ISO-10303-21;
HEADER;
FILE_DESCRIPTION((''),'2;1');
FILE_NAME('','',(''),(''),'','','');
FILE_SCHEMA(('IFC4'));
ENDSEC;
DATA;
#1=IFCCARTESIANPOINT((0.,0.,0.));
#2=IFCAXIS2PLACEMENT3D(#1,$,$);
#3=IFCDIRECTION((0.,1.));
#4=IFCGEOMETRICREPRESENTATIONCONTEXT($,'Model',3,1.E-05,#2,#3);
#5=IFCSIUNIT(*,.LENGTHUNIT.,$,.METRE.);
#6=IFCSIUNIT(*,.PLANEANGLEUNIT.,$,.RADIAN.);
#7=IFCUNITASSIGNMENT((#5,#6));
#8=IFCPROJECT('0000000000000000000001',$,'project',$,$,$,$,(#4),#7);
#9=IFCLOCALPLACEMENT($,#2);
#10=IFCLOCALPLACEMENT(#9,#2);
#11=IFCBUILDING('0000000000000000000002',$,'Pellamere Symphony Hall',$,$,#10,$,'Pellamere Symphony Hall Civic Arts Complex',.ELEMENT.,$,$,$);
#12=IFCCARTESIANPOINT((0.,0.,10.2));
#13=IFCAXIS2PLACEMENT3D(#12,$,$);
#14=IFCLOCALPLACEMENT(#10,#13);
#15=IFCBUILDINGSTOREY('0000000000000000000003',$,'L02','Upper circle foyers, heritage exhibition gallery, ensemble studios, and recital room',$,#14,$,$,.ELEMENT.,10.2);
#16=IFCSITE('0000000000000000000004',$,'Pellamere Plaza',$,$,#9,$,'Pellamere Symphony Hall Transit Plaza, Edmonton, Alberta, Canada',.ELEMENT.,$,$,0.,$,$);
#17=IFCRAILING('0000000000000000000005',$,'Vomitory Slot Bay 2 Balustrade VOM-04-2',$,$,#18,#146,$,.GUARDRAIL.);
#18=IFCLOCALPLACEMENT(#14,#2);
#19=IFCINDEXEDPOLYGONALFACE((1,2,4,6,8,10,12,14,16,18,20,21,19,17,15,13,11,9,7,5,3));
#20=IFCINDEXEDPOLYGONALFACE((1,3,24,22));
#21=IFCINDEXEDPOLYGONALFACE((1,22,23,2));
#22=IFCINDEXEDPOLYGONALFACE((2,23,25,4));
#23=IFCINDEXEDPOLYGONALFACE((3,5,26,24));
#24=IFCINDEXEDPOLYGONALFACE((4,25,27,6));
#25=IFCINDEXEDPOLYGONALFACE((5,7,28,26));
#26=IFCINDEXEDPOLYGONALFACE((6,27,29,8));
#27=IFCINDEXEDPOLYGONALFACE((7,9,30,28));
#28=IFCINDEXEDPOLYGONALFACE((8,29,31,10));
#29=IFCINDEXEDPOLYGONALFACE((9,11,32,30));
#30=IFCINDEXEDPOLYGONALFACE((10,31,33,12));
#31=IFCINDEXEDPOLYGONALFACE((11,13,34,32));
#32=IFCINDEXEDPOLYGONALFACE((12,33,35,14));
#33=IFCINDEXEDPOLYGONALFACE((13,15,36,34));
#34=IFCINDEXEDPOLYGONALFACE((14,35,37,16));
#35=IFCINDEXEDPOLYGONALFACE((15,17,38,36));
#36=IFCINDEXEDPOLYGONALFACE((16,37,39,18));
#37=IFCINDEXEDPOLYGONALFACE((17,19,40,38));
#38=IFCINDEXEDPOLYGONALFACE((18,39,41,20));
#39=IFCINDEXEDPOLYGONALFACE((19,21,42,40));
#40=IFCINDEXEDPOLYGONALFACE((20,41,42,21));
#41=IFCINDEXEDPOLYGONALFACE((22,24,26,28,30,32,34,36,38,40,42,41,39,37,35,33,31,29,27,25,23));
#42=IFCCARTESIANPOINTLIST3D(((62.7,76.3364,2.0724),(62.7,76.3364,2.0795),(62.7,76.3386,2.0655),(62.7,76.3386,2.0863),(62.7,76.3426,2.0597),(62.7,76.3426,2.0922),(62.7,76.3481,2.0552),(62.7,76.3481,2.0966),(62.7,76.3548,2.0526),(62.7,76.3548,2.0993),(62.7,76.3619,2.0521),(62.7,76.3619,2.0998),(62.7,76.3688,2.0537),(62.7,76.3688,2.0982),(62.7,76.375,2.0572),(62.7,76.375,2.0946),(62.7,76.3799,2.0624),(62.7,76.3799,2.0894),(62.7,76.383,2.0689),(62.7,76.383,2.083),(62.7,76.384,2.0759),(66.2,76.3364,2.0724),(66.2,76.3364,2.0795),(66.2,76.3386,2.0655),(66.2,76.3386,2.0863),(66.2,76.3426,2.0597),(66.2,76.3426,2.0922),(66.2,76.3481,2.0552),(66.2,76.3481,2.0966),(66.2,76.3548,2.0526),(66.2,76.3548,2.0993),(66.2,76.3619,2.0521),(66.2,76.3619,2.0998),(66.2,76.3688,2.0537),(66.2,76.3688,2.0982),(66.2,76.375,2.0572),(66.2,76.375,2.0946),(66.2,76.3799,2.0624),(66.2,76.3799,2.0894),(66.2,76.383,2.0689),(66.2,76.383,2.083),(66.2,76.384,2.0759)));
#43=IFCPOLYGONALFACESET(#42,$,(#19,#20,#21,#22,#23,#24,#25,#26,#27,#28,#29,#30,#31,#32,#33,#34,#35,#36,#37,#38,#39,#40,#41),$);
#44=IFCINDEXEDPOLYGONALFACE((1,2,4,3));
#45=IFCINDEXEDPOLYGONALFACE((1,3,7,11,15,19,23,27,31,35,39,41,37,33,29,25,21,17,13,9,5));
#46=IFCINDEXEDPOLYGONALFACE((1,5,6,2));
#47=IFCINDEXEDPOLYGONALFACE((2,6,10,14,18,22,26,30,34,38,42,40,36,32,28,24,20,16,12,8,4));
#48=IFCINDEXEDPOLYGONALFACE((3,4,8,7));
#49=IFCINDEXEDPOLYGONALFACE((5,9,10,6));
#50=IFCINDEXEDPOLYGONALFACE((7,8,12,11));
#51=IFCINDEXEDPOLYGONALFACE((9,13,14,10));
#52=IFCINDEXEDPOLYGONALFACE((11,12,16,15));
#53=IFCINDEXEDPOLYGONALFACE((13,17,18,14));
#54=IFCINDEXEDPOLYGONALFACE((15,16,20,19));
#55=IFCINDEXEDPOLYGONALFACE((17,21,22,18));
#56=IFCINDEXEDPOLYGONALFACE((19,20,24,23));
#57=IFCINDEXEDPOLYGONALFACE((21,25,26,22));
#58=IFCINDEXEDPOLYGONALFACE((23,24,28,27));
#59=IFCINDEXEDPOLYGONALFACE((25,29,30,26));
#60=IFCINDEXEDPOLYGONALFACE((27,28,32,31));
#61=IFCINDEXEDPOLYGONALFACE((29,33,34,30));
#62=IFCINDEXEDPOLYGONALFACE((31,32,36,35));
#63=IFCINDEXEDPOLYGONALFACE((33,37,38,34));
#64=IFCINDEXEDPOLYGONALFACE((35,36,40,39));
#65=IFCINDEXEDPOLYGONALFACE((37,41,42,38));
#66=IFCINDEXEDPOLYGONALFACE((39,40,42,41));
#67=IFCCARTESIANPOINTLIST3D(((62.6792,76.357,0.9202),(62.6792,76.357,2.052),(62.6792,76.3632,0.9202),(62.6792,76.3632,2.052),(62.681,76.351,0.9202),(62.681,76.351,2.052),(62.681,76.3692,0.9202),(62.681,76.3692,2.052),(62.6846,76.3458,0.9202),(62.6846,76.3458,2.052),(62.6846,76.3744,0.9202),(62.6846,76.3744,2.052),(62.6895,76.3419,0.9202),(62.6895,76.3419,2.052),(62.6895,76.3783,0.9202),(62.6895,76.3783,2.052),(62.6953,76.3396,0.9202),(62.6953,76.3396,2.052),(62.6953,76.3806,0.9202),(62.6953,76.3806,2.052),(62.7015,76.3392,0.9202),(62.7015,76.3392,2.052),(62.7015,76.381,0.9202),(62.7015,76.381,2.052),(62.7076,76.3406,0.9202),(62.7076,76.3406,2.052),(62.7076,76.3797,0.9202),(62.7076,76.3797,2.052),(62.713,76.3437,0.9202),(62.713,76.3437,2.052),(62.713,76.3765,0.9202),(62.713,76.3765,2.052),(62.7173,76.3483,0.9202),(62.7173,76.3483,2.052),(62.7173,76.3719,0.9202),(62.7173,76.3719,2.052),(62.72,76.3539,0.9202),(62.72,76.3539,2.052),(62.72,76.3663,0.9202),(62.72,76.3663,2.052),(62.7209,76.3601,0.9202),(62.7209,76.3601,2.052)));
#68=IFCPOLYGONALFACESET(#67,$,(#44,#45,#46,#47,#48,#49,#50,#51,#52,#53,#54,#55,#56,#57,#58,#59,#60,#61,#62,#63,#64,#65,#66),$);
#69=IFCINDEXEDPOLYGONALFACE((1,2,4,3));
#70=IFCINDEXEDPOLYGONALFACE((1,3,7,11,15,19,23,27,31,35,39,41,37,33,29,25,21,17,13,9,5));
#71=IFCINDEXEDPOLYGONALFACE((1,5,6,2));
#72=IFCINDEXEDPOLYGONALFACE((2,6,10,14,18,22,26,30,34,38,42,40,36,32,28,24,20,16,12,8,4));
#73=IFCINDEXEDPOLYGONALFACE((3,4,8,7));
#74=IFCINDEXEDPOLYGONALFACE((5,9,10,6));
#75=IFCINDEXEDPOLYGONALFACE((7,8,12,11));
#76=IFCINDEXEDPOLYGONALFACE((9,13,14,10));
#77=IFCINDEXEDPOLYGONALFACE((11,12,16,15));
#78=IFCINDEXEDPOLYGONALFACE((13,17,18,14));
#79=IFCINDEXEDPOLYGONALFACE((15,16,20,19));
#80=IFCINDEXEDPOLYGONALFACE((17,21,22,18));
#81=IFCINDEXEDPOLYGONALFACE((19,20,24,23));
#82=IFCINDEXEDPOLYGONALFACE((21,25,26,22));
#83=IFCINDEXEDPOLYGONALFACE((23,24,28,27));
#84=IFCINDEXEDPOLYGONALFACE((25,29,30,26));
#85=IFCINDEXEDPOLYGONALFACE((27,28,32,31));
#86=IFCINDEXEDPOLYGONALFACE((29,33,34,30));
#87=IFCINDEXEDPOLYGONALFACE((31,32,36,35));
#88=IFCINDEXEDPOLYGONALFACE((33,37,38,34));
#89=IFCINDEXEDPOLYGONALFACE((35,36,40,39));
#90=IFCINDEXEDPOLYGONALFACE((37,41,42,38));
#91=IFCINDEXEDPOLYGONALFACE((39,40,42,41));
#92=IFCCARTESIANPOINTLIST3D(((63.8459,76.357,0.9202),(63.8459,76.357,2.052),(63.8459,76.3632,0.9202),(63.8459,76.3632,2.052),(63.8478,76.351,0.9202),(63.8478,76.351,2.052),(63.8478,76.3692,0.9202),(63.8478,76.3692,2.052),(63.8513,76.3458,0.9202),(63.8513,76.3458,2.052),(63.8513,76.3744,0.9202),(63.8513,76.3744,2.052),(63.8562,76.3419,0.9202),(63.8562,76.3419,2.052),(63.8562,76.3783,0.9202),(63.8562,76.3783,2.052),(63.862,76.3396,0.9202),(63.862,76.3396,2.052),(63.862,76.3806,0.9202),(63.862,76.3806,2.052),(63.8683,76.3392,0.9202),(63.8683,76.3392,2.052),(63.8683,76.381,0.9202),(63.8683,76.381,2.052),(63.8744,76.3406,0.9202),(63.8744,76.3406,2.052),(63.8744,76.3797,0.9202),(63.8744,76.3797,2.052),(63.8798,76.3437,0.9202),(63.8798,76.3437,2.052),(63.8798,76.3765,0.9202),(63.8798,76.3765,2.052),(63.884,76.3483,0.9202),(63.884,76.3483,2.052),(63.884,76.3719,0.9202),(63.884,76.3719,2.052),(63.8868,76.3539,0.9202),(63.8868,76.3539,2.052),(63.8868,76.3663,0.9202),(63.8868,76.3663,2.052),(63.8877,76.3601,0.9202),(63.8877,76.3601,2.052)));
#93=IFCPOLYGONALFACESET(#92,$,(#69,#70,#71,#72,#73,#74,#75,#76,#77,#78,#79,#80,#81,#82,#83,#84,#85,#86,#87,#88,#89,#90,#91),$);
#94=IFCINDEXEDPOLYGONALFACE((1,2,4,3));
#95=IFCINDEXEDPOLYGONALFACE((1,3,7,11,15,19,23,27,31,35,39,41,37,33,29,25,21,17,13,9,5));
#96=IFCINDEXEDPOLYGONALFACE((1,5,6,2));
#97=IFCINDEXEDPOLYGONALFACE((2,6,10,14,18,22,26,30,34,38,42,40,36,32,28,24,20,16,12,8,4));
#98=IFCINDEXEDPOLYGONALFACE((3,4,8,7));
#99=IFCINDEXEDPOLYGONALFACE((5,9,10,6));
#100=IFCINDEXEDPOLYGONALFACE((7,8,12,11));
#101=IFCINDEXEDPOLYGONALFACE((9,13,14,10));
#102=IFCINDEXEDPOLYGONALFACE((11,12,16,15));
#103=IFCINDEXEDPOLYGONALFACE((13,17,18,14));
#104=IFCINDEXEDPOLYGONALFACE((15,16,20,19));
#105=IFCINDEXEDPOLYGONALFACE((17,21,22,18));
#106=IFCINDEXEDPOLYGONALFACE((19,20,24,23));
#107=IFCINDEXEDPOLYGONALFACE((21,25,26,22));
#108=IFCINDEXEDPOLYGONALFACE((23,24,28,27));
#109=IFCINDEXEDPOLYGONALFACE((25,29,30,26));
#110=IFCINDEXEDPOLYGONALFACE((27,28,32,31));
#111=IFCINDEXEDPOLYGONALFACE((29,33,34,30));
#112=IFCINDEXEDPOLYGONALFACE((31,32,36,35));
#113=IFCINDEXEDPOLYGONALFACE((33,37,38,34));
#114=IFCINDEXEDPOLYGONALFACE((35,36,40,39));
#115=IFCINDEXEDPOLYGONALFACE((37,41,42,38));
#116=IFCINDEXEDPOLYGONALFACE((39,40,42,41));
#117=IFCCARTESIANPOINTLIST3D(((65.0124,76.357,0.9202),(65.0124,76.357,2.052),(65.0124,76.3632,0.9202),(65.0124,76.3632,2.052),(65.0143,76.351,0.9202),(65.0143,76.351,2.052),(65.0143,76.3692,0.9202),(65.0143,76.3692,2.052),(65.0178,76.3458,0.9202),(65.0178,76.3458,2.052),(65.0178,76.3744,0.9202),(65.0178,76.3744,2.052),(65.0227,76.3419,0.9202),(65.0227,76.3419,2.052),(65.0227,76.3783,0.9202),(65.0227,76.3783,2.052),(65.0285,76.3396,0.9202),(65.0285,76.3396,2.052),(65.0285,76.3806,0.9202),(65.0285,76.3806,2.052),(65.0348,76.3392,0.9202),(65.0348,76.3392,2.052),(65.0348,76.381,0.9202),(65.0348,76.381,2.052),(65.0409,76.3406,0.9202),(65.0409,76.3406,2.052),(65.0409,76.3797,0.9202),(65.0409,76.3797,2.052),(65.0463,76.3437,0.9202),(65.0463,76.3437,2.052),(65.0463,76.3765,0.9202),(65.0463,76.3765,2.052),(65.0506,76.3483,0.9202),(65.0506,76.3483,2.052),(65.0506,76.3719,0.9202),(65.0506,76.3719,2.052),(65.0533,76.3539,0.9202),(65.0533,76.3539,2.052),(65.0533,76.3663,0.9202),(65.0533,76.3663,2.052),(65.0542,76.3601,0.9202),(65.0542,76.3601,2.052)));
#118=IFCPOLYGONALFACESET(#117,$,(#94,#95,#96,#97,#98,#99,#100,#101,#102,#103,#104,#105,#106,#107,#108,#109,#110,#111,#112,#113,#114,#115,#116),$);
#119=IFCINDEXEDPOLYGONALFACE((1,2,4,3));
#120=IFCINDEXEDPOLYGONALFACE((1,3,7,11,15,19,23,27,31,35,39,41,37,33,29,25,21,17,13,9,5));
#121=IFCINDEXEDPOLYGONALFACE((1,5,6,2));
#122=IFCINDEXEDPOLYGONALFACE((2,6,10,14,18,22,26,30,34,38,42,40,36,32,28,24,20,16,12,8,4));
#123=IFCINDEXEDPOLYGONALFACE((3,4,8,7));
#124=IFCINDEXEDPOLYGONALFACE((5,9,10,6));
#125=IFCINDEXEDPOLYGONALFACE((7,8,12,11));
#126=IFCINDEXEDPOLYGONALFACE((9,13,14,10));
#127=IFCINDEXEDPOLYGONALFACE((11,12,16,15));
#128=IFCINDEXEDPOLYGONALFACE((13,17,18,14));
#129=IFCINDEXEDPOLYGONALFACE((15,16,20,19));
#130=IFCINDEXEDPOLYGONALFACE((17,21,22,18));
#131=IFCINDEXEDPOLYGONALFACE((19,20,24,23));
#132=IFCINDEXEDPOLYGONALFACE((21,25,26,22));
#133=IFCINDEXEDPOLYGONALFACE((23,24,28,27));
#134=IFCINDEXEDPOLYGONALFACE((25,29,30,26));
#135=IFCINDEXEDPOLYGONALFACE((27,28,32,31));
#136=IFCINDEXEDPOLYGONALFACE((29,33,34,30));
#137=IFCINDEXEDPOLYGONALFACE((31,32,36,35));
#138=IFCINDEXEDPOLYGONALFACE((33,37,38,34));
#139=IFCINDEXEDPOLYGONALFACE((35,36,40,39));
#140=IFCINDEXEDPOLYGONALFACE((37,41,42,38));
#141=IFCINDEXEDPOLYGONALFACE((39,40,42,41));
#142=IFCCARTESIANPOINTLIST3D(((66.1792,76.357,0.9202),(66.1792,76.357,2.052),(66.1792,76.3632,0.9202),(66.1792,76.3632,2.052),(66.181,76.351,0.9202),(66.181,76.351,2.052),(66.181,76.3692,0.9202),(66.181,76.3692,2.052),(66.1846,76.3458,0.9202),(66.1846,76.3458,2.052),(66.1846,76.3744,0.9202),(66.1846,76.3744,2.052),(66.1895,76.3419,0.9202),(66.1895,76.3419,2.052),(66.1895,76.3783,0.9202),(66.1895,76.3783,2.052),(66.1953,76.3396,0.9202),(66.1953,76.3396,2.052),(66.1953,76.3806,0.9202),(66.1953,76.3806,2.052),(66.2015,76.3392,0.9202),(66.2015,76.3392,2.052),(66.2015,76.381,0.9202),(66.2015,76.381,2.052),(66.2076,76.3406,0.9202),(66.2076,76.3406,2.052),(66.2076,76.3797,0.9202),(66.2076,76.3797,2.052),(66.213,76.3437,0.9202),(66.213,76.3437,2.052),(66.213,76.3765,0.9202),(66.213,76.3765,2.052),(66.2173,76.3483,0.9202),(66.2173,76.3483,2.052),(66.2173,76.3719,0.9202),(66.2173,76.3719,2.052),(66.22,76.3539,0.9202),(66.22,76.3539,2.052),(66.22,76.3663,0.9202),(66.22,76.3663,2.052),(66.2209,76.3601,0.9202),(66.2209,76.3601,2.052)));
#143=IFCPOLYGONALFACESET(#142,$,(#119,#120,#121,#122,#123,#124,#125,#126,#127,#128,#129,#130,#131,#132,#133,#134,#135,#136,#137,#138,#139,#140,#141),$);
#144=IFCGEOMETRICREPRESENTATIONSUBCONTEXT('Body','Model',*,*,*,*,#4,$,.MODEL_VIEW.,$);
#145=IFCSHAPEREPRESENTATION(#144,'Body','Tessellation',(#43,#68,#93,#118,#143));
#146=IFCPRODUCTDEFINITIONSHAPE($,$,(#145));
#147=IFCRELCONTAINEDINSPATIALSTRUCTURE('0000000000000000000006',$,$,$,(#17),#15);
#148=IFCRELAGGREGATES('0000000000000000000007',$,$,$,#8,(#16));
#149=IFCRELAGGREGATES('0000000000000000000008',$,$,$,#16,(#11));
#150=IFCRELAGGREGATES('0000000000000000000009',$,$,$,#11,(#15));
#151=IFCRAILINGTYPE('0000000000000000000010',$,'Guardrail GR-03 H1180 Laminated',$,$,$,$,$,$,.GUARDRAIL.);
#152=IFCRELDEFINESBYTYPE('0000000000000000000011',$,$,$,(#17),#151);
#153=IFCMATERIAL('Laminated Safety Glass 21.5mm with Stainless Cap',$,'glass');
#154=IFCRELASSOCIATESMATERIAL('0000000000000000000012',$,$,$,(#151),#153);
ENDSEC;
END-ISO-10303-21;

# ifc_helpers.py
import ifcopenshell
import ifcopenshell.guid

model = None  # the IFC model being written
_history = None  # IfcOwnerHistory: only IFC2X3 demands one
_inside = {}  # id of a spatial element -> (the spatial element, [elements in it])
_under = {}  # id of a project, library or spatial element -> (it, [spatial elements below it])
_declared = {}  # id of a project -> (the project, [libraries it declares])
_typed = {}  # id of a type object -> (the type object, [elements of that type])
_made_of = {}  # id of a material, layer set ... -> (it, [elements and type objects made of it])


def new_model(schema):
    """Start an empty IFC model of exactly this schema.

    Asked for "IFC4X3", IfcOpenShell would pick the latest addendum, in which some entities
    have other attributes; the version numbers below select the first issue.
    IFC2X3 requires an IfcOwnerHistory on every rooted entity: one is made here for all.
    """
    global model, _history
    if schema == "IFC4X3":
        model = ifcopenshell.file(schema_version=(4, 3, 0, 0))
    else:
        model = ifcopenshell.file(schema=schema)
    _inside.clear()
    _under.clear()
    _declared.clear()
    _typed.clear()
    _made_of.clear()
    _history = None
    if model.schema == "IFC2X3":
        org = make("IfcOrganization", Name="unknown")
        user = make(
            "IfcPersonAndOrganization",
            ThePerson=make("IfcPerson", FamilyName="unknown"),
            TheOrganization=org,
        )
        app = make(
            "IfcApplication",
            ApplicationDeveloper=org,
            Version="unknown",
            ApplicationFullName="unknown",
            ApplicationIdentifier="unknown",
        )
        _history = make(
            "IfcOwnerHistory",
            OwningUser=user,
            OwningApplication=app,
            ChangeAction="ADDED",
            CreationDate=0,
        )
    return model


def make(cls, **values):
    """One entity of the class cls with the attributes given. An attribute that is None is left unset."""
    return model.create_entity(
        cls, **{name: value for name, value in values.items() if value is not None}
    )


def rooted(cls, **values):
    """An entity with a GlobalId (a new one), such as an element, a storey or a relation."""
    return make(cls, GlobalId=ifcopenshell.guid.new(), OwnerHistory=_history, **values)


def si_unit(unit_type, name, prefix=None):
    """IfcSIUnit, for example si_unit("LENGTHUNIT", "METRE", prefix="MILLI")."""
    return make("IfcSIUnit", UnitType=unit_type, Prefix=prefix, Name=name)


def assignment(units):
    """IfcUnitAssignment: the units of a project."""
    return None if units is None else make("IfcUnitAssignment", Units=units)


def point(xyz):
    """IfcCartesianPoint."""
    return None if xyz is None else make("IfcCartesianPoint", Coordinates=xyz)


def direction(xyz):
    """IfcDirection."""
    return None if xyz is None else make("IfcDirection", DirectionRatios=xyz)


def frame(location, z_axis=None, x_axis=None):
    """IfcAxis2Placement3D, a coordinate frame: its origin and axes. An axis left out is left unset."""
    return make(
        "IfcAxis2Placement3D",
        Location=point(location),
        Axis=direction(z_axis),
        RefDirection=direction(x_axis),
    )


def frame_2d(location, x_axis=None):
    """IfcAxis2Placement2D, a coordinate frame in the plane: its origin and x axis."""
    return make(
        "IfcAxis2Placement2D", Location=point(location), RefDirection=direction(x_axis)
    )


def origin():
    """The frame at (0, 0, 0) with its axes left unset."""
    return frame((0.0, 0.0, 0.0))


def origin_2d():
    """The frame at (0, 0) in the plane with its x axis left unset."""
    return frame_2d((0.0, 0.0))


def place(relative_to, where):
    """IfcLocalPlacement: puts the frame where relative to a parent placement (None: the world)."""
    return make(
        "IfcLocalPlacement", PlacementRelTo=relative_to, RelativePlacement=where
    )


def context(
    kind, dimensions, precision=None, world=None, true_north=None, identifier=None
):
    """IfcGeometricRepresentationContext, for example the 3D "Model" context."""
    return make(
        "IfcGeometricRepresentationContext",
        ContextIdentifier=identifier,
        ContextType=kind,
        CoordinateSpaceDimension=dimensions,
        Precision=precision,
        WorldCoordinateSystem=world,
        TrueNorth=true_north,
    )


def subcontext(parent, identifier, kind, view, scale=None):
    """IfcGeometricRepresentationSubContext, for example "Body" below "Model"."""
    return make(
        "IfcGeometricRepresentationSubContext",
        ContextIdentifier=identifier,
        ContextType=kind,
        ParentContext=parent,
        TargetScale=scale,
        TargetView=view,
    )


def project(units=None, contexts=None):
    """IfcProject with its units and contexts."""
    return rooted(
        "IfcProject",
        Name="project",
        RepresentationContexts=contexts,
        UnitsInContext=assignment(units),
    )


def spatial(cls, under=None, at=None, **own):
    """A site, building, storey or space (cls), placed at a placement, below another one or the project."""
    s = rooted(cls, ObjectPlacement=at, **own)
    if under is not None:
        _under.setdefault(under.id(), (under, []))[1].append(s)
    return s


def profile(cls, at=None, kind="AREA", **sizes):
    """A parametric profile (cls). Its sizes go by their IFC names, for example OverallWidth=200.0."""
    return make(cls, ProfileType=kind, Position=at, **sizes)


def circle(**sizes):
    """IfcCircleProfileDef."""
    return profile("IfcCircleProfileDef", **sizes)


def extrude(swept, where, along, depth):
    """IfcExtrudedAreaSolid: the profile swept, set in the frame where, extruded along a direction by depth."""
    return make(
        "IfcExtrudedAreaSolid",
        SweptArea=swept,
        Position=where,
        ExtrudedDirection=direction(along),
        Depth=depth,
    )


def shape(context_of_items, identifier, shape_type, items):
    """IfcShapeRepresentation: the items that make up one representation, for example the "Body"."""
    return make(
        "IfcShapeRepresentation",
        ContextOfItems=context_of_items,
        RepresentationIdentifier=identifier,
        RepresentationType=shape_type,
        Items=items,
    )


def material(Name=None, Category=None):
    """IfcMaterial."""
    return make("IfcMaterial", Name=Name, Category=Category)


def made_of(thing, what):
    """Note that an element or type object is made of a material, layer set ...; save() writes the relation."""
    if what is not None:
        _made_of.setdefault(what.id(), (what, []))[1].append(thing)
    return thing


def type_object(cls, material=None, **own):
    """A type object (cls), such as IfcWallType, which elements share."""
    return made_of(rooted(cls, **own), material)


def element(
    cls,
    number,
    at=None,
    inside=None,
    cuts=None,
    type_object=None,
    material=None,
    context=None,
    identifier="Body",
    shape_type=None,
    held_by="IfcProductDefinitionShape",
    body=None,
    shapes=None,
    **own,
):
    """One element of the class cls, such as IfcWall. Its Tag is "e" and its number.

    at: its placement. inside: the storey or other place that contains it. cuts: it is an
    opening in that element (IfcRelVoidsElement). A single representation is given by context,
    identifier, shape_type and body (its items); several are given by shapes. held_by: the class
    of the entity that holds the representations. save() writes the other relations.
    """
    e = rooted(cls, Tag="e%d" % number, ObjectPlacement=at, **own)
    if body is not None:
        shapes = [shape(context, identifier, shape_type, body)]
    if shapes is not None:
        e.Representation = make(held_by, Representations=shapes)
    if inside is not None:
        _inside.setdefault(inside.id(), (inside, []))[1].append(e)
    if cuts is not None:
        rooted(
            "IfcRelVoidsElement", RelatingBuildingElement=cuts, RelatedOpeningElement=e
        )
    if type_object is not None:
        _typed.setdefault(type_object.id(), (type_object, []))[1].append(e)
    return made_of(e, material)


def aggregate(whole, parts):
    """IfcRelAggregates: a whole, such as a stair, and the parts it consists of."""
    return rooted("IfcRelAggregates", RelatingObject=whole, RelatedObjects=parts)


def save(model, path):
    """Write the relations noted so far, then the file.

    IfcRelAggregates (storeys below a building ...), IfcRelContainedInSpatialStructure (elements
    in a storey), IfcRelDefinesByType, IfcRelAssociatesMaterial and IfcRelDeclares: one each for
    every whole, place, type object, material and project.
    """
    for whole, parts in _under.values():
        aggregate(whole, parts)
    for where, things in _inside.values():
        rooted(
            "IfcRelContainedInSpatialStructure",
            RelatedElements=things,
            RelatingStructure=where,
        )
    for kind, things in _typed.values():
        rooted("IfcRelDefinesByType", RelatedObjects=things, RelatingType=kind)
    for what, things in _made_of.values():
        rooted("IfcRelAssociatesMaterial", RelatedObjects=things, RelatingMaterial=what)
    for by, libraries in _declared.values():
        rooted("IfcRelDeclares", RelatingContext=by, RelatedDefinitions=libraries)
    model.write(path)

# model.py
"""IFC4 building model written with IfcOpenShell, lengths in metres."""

from ifc_helpers import new_model, si_unit, direction, frame, origin, origin_2d, place, context, subcontext, project, spatial, circle, extrude, material, type_object, element, save


model = new_model("IFC4")

# Units and contexts
model_context = context("Model", 3, precision=1e-05, world=origin(), true_north=direction((0.0, 1.0)))
body_context = subcontext(model_context, "Body", "Model", "MODEL_VIEW")
ifc_project = project(units=[si_unit("LENGTHUNIT", "METRE"), si_unit("PLANEANGLEUNIT", "RADIAN")], contexts=[model_context])

# Site, building, storey
site_placement = place(None, origin())
site = spatial("IfcSite", under=ifc_project, at=site_placement, Name="Pellamere Plaza", LongName="Pellamere Symphony Hall Transit Plaza, Edmonton, Alberta, Canada", CompositionType="ELEMENT", RefElevation=0.0)
building_placement = place(site_placement, origin())
building = spatial("IfcBuilding", under=site, at=building_placement, Name="Pellamere Symphony Hall", LongName="Pellamere Symphony Hall Civic Arts Complex", CompositionType="ELEMENT")
storey_placement = place(building_placement, frame((0.0, 0.0, 10.2)))
storey = spatial("IfcBuildingStorey", under=building, at=storey_placement, Name="L02", Description="Upper circle foyers, heritage exhibition gallery, ensemble studios, and recital room", CompositionType="ELEMENT", Elevation=10.2)

# Railing
ifc_material_1 = material(Name="Laminated Safety Glass 21.5mm with Stainless Cap", Category="glass")
railing_type_1 = type_object("IfcRailingType", Name="Guardrail GR-03 H1180 Laminated", PredefinedType="GUARDRAIL", material=ifc_material_1)
for number, where, name in (
    (1, (62.7, 76.3601, 0.9202), "Vomitory Slot Bay 2 Balustrade VOM-04-2"),
):
    element("IfcRailing", number, at=place(storey_placement, frame(where)), inside=storey, type_object=railing_type_1, Name=name, PredefinedType="GUARDRAIL", context=body_context, shape_type="SweptSolid", body=[
        extrude(circle(Radius=0.0239, at=origin_2d()), frame((0.0, 0.0, 1.1558), z_axis=(1.0, 0.0, 0.0), x_axis=(0.0, 1.0, 0.0)), (0.0, 0.0, 1.0), 3.5),
        extrude(circle(Radius=0.021, at=origin_2d()), origin(), (0.0, 0.0, 1.0), 1.1318),
        extrude(circle(Radius=0.021, at=origin_2d()), frame((1.1667, 0.0, 0.0)), (0.0, 0.0, 1.0), 1.1318),
        extrude(circle(Radius=0.021, at=origin_2d()), frame((2.3333, 0.0, 0.0)), (0.0, 0.0, 1.0), 1.1318),
        extrude(circle(Radius=0.021, at=origin_2d()), frame((3.5, 0.0, 0.0)), (0.0, 0.0, 1.0), 1.1318),
    ])

save(model, "model.ifc")
